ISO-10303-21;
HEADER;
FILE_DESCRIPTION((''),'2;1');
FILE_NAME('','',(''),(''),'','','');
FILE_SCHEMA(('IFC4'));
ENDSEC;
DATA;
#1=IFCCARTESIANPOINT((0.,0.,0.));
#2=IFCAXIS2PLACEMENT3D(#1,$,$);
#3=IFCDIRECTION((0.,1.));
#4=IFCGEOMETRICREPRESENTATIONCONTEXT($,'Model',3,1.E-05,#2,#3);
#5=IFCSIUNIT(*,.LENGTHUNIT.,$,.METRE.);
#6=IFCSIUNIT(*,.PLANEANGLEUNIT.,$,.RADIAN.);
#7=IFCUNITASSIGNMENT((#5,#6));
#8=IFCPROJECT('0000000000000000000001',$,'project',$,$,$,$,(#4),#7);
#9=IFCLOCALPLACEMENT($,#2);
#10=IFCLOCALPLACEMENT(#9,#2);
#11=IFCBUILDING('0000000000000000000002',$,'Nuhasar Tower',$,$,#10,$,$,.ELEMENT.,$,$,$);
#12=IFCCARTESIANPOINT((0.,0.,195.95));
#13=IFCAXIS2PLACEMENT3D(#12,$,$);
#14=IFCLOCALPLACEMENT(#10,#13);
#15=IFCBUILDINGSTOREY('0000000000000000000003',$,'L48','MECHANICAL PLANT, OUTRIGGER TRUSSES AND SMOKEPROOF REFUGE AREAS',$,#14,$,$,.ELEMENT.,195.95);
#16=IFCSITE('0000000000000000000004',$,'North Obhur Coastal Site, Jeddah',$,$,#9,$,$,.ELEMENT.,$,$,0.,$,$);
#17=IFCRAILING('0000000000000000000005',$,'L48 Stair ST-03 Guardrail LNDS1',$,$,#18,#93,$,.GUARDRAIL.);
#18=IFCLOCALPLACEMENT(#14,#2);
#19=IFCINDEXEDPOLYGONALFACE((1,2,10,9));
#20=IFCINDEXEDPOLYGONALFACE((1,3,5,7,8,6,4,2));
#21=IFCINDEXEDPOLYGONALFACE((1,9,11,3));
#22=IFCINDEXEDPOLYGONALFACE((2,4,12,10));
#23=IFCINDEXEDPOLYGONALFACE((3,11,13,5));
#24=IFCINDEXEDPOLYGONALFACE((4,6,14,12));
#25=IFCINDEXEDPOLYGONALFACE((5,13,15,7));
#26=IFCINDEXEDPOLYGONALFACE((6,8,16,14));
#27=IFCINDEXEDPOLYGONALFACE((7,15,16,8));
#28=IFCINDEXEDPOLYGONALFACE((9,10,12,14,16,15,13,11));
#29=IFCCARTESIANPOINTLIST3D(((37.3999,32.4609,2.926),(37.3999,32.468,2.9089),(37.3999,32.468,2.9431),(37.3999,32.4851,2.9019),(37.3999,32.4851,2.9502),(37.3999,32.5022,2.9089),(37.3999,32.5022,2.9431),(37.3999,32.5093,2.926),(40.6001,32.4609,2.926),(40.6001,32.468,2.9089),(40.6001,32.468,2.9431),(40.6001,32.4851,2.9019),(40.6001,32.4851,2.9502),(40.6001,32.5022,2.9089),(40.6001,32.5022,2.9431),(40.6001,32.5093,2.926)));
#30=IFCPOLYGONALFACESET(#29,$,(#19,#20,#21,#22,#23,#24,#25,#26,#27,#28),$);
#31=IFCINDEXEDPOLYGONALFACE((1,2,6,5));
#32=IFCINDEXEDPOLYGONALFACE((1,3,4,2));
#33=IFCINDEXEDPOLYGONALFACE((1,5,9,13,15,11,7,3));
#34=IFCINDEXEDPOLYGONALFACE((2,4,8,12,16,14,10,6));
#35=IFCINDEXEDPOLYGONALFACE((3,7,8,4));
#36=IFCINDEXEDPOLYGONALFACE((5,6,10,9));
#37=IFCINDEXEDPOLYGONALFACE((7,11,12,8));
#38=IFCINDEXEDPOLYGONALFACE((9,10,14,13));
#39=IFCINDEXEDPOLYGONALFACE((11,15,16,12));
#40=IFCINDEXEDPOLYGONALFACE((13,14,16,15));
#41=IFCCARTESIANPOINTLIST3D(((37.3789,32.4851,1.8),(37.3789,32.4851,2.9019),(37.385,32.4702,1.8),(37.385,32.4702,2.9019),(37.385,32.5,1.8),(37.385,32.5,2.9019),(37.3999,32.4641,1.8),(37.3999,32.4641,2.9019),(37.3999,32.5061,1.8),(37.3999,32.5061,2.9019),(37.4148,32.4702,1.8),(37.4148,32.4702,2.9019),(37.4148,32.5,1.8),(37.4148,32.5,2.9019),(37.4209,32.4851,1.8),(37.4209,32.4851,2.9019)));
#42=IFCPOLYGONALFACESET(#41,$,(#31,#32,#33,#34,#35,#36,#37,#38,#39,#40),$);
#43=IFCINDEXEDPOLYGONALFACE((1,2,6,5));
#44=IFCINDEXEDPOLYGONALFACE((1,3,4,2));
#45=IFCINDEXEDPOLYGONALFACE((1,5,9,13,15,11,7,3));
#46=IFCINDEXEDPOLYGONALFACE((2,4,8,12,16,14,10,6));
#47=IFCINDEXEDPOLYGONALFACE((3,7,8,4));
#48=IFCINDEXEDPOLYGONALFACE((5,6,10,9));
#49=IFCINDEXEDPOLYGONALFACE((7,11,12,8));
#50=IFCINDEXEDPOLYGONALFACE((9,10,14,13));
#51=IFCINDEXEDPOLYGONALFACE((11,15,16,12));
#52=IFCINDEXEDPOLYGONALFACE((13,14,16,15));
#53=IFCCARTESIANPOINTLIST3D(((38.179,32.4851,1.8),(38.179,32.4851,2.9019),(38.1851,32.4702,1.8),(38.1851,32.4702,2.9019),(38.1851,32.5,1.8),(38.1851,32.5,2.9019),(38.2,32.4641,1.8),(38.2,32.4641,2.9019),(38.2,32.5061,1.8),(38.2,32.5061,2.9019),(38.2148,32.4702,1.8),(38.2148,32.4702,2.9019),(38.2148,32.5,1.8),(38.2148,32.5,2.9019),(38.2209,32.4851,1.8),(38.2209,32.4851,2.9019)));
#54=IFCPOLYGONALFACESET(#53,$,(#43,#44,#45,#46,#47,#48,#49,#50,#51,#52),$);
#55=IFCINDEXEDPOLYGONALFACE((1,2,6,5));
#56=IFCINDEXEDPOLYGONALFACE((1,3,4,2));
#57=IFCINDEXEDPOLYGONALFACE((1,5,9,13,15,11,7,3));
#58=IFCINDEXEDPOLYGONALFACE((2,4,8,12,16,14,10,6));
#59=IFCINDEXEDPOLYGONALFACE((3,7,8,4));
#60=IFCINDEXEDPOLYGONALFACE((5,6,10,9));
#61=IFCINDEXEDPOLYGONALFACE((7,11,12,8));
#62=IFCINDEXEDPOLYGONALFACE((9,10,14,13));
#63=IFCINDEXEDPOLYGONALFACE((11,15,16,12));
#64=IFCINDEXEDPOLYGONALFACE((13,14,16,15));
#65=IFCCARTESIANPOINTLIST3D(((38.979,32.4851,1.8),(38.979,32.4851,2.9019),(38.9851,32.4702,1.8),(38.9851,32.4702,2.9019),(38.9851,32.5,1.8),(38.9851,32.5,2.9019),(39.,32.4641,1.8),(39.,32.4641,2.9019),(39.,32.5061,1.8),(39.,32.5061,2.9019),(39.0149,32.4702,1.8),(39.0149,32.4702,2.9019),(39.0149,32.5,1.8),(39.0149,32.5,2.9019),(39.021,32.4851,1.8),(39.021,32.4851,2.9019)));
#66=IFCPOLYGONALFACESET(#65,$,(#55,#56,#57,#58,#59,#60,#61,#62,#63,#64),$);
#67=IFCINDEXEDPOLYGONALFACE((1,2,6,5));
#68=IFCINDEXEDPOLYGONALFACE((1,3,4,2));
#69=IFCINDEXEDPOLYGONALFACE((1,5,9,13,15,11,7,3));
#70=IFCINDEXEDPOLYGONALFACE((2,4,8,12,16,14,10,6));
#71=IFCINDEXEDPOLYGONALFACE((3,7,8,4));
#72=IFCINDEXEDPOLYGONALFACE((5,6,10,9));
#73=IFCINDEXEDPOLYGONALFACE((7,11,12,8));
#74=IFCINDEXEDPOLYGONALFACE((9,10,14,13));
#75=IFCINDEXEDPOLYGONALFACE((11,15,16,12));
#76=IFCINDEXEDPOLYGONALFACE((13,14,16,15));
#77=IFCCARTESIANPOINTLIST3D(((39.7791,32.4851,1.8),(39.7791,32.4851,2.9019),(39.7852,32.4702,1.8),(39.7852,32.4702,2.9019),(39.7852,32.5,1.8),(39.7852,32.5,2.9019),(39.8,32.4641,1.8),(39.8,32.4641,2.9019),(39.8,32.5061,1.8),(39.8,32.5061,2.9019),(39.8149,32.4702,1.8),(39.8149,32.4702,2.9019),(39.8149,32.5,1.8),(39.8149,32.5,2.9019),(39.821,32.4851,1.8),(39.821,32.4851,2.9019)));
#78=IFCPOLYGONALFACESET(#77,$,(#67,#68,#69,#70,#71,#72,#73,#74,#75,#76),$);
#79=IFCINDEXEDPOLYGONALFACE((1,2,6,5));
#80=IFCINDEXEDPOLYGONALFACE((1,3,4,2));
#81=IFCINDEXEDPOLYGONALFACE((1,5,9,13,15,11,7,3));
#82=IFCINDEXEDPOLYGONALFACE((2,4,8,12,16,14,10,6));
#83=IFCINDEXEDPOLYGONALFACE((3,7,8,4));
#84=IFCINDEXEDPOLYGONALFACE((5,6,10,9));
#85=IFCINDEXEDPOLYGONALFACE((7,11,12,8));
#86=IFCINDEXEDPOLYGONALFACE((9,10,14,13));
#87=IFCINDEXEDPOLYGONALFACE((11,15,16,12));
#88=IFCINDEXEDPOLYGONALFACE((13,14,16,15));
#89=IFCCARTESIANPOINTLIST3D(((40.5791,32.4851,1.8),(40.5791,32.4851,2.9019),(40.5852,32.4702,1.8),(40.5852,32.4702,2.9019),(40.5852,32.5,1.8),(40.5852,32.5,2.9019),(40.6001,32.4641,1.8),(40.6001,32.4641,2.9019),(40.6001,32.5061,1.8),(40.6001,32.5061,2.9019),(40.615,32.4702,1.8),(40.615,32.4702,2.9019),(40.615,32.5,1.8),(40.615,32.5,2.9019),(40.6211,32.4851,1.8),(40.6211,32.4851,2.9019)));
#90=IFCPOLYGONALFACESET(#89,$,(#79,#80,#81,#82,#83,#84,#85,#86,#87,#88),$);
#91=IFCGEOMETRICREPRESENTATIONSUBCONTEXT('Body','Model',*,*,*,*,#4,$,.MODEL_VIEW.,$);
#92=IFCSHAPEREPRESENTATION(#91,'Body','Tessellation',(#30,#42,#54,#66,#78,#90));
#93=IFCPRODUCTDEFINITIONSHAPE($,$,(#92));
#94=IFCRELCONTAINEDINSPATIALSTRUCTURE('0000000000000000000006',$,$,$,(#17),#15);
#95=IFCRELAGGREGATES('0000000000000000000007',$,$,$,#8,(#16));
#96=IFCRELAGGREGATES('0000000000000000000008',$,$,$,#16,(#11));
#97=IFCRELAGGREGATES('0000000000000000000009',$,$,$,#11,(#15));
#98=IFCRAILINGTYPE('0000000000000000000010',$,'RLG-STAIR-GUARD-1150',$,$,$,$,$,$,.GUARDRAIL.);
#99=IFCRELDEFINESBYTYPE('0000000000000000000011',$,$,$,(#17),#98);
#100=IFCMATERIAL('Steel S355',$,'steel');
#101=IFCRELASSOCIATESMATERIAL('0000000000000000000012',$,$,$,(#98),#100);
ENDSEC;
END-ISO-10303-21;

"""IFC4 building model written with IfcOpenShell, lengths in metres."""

from ifc_helpers import new_model, si_unit, direction, frame, origin, place, context, subcontext, project, spatial, polyline, outline, extrude, material, type_object, element, save


model = new_model("IFC4")

# Units and contexts
model_context = context("Model", 3, precision=1e-05, world=origin(), true_north=direction((0.0, 1.0)))
body_context = subcontext(model_context, "Body", "Model", "MODEL_VIEW")
ifc_project = project(units=[si_unit("LENGTHUNIT", "METRE"), si_unit("PLANEANGLEUNIT", "RADIAN")], contexts=[model_context])

# Site, building, storey
site_placement = place(None, origin())
site = spatial("IfcSite", under=ifc_project, at=site_placement, Name="North Obhur Coastal Site, Jeddah", CompositionType="ELEMENT", RefElevation=0.0)
building_placement = place(site_placement, origin())
building = spatial("IfcBuilding", under=site, at=building_placement, Name="Nuhasar Tower", CompositionType="ELEMENT")
storey_placement = place(building_placement, frame((0.0, 0.0, 195.95)))
storey = spatial("IfcBuildingStorey", under=building, at=storey_placement, Name="L48", Description="MECHANICAL PLANT, OUTRIGGER TRUSSES AND SMOKEPROOF REFUGE AREAS", CompositionType="ELEMENT", Elevation=195.95)

# Shared definitions
ifc_material_1 = material(Name="Steel S355", Category="steel")

# Railing
railing_type_1 = type_object("IfcRailingType", Name="RLG-STAIR-GUARD-1150", PredefinedType="GUARDRAIL", material=ifc_material_1)
railing_1_placement = place(storey_placement, frame((37.3999, 32.4851, 1.8)))
element("IfcRailing", 1, at=railing_1_placement, inside=storey, type_object=railing_type_1, Name="L48 Stair ST-03 Guardrail LNDS1", PredefinedType="GUARDRAIL", context=body_context, shape_type="SweptSolid", body=[
    extrude(outline(polyline([(0.0242, 0.0), (0.0171, 0.0171), (0.0, 0.0242), (-0.0171, 0.0171), (-0.0242, 0.0), (-0.0171, -0.0171), (0.0, -0.0242), (0.0171, -0.0171), (0.0242, 0.0)])), frame((0.0, 0.0, 1.126), z_axis=(1.0, 0.0, 0.0), x_axis=(0.0, 1.0, 0.0)), (0.0, 0.0, 1.0), 3.2002),
    extrude(outline(polyline([(0.021, 0.0), (0.0149, 0.0149), (0.0, 0.021), (-0.0149, 0.0149), (-0.021, 0.0), (-0.0149, -0.0149), (0.0, -0.021), (0.0149, -0.0149), (0.021, 0.0)])), origin(), (0.0, 0.0, 1.0), 1.1018),
    extrude(outline(polyline([(0.021, 0.0), (0.0149, 0.0149), (0.0, 0.021), (-0.0149, 0.0149), (-0.021, 0.0), (-0.0149, -0.0149), (0.0, -0.021), (0.0149, -0.0149), (0.021, 0.0)])), frame((0.8, 0.0, 0.0)), (0.0, 0.0, 1.0), 1.1018),
    extrude(outline(polyline([(0.021, 0.0), (0.0149, 0.0149), (0.0, 0.021), (-0.0149, 0.0149), (-0.021, 0.0), (-0.0149, -0.0149), (0.0, -0.021), (0.0149, -0.0149), (0.021, 0.0)])), frame((1.6001, 0.0, 0.0)), (0.0, 0.0, 1.0), 1.1018),
    extrude(outline(polyline([(0.021, 0.0), (0.0149, 0.0149), (0.0, 0.021), (-0.0149, 0.0149), (-0.021, 0.0), (-0.0149, -0.0149), (0.0, -0.021), (0.0149, -0.0149), (0.021, 0.0)])), frame((2.4001, 0.0, 0.0)), (0.0, 0.0, 1.0), 1.1018),
    extrude(outline(polyline([(0.021, 0.0), (0.0149, 0.0149), (0.0, 0.021), (-0.0149, 0.0149), (-0.021, 0.0), (-0.0149, -0.0149), (0.0, -0.021), (0.0149, -0.0149), (0.021, 0.0)])), frame((3.2002, 0.0, 0.0)), (0.0, 0.0, 1.0), 1.1018),
])

save(model, "model.ifc")
